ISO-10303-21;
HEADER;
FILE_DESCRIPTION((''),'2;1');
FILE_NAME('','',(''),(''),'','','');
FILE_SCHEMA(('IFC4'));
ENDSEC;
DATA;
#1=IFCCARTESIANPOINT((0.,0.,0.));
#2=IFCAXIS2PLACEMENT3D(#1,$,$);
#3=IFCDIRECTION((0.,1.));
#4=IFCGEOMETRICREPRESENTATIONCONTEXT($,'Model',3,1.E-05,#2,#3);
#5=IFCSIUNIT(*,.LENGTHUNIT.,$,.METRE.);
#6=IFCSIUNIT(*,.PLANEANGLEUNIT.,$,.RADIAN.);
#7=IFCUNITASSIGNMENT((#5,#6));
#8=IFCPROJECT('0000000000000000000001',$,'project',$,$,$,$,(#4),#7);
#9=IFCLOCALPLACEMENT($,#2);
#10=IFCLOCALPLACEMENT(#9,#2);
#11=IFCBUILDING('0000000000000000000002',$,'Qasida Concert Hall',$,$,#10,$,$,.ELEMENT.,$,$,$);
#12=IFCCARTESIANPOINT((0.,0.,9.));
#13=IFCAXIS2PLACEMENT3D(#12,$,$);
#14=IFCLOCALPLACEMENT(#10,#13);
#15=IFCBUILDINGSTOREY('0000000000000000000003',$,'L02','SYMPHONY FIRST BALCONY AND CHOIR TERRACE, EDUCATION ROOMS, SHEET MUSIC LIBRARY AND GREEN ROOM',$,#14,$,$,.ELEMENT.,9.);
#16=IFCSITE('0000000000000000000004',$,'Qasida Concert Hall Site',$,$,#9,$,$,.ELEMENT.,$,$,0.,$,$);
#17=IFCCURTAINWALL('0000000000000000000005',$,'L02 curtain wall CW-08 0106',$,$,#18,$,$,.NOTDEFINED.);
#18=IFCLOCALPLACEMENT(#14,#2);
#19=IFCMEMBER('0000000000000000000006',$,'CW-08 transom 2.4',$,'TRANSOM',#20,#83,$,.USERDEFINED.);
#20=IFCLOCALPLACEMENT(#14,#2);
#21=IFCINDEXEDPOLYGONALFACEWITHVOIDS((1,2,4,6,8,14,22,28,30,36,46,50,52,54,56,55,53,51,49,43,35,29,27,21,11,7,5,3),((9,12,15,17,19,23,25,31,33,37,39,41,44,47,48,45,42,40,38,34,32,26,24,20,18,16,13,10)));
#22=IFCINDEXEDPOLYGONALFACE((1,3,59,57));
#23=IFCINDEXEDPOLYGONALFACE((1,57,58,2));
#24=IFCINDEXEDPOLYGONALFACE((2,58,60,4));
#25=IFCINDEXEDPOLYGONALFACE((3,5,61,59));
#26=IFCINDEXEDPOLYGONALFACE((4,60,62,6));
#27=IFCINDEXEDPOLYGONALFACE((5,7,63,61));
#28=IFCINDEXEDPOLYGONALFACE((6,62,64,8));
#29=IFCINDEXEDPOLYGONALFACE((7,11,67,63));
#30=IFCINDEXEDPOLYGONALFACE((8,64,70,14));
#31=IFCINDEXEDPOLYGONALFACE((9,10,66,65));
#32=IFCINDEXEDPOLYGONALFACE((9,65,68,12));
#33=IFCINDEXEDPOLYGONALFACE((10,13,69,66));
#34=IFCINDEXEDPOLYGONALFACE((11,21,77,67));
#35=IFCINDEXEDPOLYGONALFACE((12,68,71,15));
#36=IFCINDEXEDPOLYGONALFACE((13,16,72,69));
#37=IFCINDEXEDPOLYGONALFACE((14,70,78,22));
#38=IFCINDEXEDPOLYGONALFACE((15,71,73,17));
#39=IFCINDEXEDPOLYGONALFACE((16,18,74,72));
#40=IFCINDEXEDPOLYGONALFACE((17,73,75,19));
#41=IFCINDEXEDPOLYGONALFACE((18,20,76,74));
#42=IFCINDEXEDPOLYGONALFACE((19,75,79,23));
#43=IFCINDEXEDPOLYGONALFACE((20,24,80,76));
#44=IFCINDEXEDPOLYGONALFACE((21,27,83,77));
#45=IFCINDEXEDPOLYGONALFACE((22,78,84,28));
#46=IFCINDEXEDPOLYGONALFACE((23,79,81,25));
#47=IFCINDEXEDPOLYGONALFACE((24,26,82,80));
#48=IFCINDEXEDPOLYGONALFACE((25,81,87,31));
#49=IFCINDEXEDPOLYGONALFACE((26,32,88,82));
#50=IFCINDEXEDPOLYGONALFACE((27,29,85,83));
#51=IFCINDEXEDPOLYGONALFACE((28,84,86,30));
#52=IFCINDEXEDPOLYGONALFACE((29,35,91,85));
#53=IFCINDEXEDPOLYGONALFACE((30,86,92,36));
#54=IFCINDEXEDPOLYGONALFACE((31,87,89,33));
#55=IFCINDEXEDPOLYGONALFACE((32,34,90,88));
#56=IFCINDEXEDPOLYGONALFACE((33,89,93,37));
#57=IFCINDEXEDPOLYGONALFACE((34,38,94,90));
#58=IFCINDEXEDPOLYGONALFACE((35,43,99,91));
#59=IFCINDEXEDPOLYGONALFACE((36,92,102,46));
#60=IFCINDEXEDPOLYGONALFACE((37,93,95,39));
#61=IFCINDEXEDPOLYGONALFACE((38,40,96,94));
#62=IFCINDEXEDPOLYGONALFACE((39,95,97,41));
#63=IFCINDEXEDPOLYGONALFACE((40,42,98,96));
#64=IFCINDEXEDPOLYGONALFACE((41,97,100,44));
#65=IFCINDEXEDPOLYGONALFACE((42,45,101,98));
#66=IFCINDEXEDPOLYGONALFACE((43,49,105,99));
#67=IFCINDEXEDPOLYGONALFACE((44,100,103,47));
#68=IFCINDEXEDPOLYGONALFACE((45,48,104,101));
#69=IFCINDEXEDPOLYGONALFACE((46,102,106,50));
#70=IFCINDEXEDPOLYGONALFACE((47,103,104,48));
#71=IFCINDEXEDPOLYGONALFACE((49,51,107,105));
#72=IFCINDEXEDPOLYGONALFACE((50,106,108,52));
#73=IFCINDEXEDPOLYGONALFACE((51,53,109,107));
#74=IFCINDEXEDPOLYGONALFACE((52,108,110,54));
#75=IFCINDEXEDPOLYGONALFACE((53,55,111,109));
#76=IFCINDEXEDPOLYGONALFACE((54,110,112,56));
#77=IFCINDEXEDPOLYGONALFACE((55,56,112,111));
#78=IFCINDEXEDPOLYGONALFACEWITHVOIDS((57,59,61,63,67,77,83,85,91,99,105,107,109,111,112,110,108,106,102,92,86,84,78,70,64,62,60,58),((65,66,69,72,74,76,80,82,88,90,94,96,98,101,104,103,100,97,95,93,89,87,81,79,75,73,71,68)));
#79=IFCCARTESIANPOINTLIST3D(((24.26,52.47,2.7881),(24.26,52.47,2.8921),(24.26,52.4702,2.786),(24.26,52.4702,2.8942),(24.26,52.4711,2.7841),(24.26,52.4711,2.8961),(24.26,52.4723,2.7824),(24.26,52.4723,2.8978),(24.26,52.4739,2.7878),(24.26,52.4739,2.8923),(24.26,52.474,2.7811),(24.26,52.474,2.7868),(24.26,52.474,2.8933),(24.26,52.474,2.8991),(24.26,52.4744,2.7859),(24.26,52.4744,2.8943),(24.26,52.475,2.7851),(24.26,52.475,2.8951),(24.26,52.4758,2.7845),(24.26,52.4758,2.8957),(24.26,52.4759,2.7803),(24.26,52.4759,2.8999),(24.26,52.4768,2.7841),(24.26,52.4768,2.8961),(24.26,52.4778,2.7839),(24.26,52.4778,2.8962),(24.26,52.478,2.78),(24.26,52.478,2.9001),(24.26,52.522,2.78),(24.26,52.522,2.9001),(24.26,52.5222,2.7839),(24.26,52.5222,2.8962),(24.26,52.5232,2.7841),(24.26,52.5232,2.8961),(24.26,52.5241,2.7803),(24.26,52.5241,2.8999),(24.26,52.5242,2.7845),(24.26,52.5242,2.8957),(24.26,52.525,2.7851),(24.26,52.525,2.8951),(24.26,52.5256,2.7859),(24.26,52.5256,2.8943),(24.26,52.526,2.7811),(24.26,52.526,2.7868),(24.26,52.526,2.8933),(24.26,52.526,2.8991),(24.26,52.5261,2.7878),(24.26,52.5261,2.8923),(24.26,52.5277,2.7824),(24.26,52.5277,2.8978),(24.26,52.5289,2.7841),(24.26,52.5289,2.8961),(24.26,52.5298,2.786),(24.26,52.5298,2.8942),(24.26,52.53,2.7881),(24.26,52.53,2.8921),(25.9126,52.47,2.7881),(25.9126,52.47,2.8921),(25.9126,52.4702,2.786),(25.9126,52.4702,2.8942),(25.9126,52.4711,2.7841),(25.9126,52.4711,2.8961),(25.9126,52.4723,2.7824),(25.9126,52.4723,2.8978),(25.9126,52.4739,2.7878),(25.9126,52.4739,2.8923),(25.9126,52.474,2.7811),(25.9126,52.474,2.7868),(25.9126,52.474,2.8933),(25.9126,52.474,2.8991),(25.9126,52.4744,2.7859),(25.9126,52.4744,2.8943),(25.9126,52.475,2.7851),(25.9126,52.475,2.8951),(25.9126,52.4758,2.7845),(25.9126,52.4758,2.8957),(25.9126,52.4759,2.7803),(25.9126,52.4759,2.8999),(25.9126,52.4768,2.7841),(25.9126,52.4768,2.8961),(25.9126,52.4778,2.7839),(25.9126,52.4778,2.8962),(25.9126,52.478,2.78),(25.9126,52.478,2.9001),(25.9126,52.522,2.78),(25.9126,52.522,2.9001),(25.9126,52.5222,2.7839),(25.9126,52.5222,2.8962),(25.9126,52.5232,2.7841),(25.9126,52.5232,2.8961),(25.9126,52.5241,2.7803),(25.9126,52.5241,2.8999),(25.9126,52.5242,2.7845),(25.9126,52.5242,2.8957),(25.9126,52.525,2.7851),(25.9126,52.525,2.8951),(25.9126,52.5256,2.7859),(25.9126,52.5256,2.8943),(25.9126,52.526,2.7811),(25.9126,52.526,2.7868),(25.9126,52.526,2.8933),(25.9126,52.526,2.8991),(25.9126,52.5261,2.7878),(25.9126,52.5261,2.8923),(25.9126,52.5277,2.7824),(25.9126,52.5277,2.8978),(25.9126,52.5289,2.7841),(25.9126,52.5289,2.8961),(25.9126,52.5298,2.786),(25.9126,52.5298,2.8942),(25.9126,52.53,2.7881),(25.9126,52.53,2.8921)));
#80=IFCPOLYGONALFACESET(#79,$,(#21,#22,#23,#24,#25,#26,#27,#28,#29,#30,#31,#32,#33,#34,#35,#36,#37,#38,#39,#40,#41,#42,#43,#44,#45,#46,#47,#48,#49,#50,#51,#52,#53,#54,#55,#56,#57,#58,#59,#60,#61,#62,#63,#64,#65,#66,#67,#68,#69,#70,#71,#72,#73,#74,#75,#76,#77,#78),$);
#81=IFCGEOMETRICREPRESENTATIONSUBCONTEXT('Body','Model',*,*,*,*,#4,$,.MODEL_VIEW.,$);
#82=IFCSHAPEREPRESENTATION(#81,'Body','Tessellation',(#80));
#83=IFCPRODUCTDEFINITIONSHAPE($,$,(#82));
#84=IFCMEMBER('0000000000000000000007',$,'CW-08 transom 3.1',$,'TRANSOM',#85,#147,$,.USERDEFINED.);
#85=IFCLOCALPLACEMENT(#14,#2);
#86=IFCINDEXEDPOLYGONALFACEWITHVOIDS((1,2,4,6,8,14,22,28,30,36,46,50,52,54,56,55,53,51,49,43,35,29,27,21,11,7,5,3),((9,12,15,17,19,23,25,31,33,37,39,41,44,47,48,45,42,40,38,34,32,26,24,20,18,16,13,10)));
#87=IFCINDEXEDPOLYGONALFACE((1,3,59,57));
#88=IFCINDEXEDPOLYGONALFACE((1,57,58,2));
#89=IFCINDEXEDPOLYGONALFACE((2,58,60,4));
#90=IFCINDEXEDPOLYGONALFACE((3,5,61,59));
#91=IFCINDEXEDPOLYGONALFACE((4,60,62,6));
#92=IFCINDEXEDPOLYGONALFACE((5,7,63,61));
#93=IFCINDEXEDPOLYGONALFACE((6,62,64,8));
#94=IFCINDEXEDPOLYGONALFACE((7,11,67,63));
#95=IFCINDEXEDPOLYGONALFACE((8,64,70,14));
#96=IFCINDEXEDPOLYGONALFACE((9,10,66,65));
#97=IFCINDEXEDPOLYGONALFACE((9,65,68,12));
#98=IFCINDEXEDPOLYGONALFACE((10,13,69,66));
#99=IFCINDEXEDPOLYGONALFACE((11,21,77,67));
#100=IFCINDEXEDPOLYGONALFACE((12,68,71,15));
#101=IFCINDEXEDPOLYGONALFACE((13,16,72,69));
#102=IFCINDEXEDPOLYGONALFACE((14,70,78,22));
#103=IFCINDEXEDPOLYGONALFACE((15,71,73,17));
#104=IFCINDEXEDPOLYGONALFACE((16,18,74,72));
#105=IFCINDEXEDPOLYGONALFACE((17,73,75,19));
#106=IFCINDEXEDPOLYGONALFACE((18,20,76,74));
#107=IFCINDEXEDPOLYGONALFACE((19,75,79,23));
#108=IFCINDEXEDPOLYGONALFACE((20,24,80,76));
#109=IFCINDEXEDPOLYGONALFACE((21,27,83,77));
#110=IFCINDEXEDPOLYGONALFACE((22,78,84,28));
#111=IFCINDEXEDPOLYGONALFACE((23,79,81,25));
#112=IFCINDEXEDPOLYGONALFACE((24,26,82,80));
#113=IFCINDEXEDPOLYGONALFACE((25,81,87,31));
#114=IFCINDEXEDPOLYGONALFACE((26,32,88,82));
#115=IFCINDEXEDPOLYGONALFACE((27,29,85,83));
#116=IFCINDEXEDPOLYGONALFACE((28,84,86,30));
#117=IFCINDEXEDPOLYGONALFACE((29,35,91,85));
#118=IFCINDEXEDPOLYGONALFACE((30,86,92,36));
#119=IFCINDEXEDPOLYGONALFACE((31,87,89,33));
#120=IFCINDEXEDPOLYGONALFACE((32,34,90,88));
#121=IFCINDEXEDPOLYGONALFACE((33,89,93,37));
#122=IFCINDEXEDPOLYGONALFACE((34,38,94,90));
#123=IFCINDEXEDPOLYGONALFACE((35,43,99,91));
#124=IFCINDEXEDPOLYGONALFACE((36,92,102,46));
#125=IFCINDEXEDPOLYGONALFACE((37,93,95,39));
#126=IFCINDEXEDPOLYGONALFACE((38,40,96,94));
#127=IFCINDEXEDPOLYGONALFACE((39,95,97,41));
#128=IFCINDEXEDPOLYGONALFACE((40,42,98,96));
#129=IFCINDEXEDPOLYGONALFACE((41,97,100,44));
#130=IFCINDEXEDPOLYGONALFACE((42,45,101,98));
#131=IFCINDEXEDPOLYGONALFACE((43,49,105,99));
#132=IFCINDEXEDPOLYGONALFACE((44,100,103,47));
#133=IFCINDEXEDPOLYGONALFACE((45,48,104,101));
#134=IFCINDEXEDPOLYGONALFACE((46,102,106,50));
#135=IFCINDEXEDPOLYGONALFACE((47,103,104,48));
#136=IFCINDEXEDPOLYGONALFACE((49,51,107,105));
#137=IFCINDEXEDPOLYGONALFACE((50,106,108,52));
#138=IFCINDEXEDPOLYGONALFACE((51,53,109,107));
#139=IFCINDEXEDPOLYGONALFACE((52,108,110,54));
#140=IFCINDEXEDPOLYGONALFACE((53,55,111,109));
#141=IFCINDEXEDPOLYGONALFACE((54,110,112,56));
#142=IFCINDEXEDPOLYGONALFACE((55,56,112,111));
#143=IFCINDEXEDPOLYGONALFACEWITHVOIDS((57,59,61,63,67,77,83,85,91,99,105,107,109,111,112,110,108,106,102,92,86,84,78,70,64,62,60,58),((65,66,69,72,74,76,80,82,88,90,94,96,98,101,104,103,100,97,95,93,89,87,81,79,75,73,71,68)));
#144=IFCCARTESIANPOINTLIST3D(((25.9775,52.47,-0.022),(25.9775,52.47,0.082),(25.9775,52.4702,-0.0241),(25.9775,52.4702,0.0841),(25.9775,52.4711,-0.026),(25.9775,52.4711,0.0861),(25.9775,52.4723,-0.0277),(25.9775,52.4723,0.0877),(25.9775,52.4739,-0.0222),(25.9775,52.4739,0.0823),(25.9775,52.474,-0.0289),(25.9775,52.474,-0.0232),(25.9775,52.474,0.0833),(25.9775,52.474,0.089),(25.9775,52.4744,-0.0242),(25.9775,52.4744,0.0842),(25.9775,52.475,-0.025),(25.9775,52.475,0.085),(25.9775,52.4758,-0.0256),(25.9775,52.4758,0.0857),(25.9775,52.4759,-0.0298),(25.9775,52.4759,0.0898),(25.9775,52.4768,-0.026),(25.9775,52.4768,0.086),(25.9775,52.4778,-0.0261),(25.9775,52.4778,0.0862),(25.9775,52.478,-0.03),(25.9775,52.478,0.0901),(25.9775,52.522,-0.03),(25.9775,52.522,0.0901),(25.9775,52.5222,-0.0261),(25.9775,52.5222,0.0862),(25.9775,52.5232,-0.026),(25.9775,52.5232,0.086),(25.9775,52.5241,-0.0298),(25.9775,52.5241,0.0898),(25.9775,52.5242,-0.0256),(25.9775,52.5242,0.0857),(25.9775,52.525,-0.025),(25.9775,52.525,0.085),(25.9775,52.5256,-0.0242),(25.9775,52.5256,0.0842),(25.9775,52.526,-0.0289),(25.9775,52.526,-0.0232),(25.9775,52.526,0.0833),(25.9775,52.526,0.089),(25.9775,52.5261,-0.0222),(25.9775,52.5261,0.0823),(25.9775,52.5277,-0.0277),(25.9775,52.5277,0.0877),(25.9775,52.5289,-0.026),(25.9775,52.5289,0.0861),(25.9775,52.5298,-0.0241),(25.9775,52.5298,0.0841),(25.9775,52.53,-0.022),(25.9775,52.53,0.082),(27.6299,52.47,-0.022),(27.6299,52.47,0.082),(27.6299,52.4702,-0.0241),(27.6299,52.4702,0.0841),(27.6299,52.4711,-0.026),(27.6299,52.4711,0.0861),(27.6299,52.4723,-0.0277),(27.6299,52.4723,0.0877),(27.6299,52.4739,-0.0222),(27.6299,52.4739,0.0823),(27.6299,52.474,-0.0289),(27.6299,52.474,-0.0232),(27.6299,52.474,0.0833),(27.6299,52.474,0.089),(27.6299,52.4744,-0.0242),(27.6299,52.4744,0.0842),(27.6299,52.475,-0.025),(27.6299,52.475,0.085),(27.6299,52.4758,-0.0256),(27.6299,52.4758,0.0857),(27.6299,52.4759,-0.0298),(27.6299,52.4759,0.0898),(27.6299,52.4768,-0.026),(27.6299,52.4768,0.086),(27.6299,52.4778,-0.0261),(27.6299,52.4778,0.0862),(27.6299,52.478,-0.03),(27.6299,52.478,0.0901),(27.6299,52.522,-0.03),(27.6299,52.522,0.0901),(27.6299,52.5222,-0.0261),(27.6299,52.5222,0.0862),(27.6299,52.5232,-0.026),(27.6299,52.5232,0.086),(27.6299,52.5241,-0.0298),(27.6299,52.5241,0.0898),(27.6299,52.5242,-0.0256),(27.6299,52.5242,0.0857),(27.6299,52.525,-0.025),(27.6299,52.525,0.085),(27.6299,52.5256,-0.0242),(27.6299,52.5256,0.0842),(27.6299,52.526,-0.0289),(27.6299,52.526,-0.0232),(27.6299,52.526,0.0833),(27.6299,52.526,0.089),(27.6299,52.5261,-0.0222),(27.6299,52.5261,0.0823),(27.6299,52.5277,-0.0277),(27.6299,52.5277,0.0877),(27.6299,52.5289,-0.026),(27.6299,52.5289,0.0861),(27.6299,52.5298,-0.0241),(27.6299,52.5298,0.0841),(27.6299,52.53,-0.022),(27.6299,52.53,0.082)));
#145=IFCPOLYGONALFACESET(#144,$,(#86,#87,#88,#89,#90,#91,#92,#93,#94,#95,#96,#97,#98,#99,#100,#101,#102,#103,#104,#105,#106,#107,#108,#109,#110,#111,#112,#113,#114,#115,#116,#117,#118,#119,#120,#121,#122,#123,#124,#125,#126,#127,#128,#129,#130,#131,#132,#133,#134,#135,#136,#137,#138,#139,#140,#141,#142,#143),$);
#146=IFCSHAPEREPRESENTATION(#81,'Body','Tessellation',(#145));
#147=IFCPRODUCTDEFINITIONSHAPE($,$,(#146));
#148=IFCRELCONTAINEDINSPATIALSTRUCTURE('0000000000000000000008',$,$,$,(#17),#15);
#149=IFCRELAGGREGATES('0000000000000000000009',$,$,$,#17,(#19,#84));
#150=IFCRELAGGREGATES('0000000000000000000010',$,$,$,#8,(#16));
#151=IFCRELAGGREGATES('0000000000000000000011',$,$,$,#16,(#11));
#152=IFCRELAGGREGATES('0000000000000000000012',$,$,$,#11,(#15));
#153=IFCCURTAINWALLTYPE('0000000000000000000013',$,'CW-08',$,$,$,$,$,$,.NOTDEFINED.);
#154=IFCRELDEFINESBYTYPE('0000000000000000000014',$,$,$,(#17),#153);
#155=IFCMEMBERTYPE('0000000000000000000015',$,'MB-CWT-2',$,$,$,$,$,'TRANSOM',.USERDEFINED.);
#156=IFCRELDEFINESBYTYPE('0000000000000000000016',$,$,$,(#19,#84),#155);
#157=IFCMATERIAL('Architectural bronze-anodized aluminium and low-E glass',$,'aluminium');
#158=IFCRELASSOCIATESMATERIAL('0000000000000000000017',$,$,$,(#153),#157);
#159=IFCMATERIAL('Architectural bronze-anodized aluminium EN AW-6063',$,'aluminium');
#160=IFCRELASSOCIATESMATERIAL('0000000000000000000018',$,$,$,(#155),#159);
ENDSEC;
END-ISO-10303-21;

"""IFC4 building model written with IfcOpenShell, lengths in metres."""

from ifc_helpers import new_model, si_unit, direction, frame, origin, origin_2d, place, context, subcontext, project, spatial, hollow_rectangle, extrude, material, material_profile, profile_set, type_object, element, aggregate, save


model = new_model("IFC4")

# Units and contexts
model_context = context("Model", 3, precision=1e-05, world=origin(), true_north=direction((0.0, 1.0)))
body_context = subcontext(model_context, "Body", "Model", "MODEL_VIEW")
ifc_project = project(units=[si_unit("LENGTHUNIT", "METRE"), si_unit("PLANEANGLEUNIT", "RADIAN")], contexts=[model_context])

# Site, building, storey
site_placement = place(None, origin())
site = spatial("IfcSite", under=ifc_project, at=site_placement, Name="Qasida Concert Hall Site", CompositionType="ELEMENT", RefElevation=0.0)
building_placement = place(site_placement, origin())
building = spatial("IfcBuilding", under=site, at=building_placement, Name="Qasida Concert Hall", CompositionType="ELEMENT")
storey_placement = place(building_placement, frame((0.0, 0.0, 9.0)))
storey = spatial("IfcBuildingStorey", under=building, at=storey_placement, Name="L02", Description="SYMPHONY FIRST BALCONY AND CHOIR TERRACE, EDUCATION ROOMS, SHEET MUSIC LIBRARY AND GREEN ROOM", CompositionType="ELEMENT", Elevation=9.0)

# Curtain wall, members
ifc_material_1 = material(Name="Architectural bronze-anodized aluminium and low-E glass", Category="aluminium")
curtain_wall_type = type_object("IfcCurtainWallType", Name="CW-08", PredefinedType="NOTDEFINED", material=ifc_material_1)
curtain_wall_placement = place(storey_placement, origin())
curtain_wall = element("IfcCurtainWall", 1, at=curtain_wall_placement, inside=storey, type_object=curtain_wall_type, Name="L02 curtain wall CW-08 0106", PredefinedType="NOTDEFINED")
ifc_material_2 = material(Name="Architectural bronze-anodized aluminium EN AW-6063", Category="aluminium")
ifc_material_profile_1 = material_profile(ifc_material_2, hollow_rectangle(XDim=0.0601, YDim=0.1201, WallThickness=0.0039, InnerFilletRadius=0.0039, OuterFilletRadius=0.0081, at=origin_2d()), Name="CWT 120x60x4")
ifc_profile_set_1 = profile_set([ifc_material_profile_1], Name="Architectural bronze-anodized aluminium EN AW-6063")
member_type_1 = type_object("IfcMemberType", Name="MB-CWT-2", ElementType="TRANSOM", PredefinedType="USERDEFINED", material=ifc_profile_set_1)
member_1_placement = place(storey_placement, frame((24.26, 52.5, 2.8401), z_axis=(1.0, 0.0, 0.0), x_axis=(0.0, 1.0, 0.0)))
member_1 = element("IfcMember", 2, at=member_1_placement, type_object=member_type_1, Name="CW-08 transom 2.4", ObjectType="TRANSOM", PredefinedType="USERDEFINED", context=body_context, shape_type="SweptSolid", body=[
    extrude(hollow_rectangle(XDim=0.0601, YDim=0.1201, WallThickness=0.0039, InnerFilletRadius=0.0039, OuterFilletRadius=0.0081, at=origin_2d()), origin(), (0.0, 0.0, 1.0), 1.6526),
])
member_2_placement = place(storey_placement, frame((25.9775, 52.5, 0.03), z_axis=(1.0, 0.0, 0.0), x_axis=(0.0, 1.0, 0.0)))
member_2 = element("IfcMember", 3, at=member_2_placement, type_object=member_type_1, Name="CW-08 transom 3.1", ObjectType="TRANSOM", PredefinedType="USERDEFINED", context=body_context, shape_type="SweptSolid", body=[
    extrude(hollow_rectangle(XDim=0.0601, YDim=0.1201, WallThickness=0.0039, InnerFilletRadius=0.0039, OuterFilletRadius=0.0081, at=origin_2d()), origin(), (0.0, 0.0, 1.0), 1.6523),
])
aggregate(curtain_wall, [member_1, member_2])

save(model, "model.ifc")
